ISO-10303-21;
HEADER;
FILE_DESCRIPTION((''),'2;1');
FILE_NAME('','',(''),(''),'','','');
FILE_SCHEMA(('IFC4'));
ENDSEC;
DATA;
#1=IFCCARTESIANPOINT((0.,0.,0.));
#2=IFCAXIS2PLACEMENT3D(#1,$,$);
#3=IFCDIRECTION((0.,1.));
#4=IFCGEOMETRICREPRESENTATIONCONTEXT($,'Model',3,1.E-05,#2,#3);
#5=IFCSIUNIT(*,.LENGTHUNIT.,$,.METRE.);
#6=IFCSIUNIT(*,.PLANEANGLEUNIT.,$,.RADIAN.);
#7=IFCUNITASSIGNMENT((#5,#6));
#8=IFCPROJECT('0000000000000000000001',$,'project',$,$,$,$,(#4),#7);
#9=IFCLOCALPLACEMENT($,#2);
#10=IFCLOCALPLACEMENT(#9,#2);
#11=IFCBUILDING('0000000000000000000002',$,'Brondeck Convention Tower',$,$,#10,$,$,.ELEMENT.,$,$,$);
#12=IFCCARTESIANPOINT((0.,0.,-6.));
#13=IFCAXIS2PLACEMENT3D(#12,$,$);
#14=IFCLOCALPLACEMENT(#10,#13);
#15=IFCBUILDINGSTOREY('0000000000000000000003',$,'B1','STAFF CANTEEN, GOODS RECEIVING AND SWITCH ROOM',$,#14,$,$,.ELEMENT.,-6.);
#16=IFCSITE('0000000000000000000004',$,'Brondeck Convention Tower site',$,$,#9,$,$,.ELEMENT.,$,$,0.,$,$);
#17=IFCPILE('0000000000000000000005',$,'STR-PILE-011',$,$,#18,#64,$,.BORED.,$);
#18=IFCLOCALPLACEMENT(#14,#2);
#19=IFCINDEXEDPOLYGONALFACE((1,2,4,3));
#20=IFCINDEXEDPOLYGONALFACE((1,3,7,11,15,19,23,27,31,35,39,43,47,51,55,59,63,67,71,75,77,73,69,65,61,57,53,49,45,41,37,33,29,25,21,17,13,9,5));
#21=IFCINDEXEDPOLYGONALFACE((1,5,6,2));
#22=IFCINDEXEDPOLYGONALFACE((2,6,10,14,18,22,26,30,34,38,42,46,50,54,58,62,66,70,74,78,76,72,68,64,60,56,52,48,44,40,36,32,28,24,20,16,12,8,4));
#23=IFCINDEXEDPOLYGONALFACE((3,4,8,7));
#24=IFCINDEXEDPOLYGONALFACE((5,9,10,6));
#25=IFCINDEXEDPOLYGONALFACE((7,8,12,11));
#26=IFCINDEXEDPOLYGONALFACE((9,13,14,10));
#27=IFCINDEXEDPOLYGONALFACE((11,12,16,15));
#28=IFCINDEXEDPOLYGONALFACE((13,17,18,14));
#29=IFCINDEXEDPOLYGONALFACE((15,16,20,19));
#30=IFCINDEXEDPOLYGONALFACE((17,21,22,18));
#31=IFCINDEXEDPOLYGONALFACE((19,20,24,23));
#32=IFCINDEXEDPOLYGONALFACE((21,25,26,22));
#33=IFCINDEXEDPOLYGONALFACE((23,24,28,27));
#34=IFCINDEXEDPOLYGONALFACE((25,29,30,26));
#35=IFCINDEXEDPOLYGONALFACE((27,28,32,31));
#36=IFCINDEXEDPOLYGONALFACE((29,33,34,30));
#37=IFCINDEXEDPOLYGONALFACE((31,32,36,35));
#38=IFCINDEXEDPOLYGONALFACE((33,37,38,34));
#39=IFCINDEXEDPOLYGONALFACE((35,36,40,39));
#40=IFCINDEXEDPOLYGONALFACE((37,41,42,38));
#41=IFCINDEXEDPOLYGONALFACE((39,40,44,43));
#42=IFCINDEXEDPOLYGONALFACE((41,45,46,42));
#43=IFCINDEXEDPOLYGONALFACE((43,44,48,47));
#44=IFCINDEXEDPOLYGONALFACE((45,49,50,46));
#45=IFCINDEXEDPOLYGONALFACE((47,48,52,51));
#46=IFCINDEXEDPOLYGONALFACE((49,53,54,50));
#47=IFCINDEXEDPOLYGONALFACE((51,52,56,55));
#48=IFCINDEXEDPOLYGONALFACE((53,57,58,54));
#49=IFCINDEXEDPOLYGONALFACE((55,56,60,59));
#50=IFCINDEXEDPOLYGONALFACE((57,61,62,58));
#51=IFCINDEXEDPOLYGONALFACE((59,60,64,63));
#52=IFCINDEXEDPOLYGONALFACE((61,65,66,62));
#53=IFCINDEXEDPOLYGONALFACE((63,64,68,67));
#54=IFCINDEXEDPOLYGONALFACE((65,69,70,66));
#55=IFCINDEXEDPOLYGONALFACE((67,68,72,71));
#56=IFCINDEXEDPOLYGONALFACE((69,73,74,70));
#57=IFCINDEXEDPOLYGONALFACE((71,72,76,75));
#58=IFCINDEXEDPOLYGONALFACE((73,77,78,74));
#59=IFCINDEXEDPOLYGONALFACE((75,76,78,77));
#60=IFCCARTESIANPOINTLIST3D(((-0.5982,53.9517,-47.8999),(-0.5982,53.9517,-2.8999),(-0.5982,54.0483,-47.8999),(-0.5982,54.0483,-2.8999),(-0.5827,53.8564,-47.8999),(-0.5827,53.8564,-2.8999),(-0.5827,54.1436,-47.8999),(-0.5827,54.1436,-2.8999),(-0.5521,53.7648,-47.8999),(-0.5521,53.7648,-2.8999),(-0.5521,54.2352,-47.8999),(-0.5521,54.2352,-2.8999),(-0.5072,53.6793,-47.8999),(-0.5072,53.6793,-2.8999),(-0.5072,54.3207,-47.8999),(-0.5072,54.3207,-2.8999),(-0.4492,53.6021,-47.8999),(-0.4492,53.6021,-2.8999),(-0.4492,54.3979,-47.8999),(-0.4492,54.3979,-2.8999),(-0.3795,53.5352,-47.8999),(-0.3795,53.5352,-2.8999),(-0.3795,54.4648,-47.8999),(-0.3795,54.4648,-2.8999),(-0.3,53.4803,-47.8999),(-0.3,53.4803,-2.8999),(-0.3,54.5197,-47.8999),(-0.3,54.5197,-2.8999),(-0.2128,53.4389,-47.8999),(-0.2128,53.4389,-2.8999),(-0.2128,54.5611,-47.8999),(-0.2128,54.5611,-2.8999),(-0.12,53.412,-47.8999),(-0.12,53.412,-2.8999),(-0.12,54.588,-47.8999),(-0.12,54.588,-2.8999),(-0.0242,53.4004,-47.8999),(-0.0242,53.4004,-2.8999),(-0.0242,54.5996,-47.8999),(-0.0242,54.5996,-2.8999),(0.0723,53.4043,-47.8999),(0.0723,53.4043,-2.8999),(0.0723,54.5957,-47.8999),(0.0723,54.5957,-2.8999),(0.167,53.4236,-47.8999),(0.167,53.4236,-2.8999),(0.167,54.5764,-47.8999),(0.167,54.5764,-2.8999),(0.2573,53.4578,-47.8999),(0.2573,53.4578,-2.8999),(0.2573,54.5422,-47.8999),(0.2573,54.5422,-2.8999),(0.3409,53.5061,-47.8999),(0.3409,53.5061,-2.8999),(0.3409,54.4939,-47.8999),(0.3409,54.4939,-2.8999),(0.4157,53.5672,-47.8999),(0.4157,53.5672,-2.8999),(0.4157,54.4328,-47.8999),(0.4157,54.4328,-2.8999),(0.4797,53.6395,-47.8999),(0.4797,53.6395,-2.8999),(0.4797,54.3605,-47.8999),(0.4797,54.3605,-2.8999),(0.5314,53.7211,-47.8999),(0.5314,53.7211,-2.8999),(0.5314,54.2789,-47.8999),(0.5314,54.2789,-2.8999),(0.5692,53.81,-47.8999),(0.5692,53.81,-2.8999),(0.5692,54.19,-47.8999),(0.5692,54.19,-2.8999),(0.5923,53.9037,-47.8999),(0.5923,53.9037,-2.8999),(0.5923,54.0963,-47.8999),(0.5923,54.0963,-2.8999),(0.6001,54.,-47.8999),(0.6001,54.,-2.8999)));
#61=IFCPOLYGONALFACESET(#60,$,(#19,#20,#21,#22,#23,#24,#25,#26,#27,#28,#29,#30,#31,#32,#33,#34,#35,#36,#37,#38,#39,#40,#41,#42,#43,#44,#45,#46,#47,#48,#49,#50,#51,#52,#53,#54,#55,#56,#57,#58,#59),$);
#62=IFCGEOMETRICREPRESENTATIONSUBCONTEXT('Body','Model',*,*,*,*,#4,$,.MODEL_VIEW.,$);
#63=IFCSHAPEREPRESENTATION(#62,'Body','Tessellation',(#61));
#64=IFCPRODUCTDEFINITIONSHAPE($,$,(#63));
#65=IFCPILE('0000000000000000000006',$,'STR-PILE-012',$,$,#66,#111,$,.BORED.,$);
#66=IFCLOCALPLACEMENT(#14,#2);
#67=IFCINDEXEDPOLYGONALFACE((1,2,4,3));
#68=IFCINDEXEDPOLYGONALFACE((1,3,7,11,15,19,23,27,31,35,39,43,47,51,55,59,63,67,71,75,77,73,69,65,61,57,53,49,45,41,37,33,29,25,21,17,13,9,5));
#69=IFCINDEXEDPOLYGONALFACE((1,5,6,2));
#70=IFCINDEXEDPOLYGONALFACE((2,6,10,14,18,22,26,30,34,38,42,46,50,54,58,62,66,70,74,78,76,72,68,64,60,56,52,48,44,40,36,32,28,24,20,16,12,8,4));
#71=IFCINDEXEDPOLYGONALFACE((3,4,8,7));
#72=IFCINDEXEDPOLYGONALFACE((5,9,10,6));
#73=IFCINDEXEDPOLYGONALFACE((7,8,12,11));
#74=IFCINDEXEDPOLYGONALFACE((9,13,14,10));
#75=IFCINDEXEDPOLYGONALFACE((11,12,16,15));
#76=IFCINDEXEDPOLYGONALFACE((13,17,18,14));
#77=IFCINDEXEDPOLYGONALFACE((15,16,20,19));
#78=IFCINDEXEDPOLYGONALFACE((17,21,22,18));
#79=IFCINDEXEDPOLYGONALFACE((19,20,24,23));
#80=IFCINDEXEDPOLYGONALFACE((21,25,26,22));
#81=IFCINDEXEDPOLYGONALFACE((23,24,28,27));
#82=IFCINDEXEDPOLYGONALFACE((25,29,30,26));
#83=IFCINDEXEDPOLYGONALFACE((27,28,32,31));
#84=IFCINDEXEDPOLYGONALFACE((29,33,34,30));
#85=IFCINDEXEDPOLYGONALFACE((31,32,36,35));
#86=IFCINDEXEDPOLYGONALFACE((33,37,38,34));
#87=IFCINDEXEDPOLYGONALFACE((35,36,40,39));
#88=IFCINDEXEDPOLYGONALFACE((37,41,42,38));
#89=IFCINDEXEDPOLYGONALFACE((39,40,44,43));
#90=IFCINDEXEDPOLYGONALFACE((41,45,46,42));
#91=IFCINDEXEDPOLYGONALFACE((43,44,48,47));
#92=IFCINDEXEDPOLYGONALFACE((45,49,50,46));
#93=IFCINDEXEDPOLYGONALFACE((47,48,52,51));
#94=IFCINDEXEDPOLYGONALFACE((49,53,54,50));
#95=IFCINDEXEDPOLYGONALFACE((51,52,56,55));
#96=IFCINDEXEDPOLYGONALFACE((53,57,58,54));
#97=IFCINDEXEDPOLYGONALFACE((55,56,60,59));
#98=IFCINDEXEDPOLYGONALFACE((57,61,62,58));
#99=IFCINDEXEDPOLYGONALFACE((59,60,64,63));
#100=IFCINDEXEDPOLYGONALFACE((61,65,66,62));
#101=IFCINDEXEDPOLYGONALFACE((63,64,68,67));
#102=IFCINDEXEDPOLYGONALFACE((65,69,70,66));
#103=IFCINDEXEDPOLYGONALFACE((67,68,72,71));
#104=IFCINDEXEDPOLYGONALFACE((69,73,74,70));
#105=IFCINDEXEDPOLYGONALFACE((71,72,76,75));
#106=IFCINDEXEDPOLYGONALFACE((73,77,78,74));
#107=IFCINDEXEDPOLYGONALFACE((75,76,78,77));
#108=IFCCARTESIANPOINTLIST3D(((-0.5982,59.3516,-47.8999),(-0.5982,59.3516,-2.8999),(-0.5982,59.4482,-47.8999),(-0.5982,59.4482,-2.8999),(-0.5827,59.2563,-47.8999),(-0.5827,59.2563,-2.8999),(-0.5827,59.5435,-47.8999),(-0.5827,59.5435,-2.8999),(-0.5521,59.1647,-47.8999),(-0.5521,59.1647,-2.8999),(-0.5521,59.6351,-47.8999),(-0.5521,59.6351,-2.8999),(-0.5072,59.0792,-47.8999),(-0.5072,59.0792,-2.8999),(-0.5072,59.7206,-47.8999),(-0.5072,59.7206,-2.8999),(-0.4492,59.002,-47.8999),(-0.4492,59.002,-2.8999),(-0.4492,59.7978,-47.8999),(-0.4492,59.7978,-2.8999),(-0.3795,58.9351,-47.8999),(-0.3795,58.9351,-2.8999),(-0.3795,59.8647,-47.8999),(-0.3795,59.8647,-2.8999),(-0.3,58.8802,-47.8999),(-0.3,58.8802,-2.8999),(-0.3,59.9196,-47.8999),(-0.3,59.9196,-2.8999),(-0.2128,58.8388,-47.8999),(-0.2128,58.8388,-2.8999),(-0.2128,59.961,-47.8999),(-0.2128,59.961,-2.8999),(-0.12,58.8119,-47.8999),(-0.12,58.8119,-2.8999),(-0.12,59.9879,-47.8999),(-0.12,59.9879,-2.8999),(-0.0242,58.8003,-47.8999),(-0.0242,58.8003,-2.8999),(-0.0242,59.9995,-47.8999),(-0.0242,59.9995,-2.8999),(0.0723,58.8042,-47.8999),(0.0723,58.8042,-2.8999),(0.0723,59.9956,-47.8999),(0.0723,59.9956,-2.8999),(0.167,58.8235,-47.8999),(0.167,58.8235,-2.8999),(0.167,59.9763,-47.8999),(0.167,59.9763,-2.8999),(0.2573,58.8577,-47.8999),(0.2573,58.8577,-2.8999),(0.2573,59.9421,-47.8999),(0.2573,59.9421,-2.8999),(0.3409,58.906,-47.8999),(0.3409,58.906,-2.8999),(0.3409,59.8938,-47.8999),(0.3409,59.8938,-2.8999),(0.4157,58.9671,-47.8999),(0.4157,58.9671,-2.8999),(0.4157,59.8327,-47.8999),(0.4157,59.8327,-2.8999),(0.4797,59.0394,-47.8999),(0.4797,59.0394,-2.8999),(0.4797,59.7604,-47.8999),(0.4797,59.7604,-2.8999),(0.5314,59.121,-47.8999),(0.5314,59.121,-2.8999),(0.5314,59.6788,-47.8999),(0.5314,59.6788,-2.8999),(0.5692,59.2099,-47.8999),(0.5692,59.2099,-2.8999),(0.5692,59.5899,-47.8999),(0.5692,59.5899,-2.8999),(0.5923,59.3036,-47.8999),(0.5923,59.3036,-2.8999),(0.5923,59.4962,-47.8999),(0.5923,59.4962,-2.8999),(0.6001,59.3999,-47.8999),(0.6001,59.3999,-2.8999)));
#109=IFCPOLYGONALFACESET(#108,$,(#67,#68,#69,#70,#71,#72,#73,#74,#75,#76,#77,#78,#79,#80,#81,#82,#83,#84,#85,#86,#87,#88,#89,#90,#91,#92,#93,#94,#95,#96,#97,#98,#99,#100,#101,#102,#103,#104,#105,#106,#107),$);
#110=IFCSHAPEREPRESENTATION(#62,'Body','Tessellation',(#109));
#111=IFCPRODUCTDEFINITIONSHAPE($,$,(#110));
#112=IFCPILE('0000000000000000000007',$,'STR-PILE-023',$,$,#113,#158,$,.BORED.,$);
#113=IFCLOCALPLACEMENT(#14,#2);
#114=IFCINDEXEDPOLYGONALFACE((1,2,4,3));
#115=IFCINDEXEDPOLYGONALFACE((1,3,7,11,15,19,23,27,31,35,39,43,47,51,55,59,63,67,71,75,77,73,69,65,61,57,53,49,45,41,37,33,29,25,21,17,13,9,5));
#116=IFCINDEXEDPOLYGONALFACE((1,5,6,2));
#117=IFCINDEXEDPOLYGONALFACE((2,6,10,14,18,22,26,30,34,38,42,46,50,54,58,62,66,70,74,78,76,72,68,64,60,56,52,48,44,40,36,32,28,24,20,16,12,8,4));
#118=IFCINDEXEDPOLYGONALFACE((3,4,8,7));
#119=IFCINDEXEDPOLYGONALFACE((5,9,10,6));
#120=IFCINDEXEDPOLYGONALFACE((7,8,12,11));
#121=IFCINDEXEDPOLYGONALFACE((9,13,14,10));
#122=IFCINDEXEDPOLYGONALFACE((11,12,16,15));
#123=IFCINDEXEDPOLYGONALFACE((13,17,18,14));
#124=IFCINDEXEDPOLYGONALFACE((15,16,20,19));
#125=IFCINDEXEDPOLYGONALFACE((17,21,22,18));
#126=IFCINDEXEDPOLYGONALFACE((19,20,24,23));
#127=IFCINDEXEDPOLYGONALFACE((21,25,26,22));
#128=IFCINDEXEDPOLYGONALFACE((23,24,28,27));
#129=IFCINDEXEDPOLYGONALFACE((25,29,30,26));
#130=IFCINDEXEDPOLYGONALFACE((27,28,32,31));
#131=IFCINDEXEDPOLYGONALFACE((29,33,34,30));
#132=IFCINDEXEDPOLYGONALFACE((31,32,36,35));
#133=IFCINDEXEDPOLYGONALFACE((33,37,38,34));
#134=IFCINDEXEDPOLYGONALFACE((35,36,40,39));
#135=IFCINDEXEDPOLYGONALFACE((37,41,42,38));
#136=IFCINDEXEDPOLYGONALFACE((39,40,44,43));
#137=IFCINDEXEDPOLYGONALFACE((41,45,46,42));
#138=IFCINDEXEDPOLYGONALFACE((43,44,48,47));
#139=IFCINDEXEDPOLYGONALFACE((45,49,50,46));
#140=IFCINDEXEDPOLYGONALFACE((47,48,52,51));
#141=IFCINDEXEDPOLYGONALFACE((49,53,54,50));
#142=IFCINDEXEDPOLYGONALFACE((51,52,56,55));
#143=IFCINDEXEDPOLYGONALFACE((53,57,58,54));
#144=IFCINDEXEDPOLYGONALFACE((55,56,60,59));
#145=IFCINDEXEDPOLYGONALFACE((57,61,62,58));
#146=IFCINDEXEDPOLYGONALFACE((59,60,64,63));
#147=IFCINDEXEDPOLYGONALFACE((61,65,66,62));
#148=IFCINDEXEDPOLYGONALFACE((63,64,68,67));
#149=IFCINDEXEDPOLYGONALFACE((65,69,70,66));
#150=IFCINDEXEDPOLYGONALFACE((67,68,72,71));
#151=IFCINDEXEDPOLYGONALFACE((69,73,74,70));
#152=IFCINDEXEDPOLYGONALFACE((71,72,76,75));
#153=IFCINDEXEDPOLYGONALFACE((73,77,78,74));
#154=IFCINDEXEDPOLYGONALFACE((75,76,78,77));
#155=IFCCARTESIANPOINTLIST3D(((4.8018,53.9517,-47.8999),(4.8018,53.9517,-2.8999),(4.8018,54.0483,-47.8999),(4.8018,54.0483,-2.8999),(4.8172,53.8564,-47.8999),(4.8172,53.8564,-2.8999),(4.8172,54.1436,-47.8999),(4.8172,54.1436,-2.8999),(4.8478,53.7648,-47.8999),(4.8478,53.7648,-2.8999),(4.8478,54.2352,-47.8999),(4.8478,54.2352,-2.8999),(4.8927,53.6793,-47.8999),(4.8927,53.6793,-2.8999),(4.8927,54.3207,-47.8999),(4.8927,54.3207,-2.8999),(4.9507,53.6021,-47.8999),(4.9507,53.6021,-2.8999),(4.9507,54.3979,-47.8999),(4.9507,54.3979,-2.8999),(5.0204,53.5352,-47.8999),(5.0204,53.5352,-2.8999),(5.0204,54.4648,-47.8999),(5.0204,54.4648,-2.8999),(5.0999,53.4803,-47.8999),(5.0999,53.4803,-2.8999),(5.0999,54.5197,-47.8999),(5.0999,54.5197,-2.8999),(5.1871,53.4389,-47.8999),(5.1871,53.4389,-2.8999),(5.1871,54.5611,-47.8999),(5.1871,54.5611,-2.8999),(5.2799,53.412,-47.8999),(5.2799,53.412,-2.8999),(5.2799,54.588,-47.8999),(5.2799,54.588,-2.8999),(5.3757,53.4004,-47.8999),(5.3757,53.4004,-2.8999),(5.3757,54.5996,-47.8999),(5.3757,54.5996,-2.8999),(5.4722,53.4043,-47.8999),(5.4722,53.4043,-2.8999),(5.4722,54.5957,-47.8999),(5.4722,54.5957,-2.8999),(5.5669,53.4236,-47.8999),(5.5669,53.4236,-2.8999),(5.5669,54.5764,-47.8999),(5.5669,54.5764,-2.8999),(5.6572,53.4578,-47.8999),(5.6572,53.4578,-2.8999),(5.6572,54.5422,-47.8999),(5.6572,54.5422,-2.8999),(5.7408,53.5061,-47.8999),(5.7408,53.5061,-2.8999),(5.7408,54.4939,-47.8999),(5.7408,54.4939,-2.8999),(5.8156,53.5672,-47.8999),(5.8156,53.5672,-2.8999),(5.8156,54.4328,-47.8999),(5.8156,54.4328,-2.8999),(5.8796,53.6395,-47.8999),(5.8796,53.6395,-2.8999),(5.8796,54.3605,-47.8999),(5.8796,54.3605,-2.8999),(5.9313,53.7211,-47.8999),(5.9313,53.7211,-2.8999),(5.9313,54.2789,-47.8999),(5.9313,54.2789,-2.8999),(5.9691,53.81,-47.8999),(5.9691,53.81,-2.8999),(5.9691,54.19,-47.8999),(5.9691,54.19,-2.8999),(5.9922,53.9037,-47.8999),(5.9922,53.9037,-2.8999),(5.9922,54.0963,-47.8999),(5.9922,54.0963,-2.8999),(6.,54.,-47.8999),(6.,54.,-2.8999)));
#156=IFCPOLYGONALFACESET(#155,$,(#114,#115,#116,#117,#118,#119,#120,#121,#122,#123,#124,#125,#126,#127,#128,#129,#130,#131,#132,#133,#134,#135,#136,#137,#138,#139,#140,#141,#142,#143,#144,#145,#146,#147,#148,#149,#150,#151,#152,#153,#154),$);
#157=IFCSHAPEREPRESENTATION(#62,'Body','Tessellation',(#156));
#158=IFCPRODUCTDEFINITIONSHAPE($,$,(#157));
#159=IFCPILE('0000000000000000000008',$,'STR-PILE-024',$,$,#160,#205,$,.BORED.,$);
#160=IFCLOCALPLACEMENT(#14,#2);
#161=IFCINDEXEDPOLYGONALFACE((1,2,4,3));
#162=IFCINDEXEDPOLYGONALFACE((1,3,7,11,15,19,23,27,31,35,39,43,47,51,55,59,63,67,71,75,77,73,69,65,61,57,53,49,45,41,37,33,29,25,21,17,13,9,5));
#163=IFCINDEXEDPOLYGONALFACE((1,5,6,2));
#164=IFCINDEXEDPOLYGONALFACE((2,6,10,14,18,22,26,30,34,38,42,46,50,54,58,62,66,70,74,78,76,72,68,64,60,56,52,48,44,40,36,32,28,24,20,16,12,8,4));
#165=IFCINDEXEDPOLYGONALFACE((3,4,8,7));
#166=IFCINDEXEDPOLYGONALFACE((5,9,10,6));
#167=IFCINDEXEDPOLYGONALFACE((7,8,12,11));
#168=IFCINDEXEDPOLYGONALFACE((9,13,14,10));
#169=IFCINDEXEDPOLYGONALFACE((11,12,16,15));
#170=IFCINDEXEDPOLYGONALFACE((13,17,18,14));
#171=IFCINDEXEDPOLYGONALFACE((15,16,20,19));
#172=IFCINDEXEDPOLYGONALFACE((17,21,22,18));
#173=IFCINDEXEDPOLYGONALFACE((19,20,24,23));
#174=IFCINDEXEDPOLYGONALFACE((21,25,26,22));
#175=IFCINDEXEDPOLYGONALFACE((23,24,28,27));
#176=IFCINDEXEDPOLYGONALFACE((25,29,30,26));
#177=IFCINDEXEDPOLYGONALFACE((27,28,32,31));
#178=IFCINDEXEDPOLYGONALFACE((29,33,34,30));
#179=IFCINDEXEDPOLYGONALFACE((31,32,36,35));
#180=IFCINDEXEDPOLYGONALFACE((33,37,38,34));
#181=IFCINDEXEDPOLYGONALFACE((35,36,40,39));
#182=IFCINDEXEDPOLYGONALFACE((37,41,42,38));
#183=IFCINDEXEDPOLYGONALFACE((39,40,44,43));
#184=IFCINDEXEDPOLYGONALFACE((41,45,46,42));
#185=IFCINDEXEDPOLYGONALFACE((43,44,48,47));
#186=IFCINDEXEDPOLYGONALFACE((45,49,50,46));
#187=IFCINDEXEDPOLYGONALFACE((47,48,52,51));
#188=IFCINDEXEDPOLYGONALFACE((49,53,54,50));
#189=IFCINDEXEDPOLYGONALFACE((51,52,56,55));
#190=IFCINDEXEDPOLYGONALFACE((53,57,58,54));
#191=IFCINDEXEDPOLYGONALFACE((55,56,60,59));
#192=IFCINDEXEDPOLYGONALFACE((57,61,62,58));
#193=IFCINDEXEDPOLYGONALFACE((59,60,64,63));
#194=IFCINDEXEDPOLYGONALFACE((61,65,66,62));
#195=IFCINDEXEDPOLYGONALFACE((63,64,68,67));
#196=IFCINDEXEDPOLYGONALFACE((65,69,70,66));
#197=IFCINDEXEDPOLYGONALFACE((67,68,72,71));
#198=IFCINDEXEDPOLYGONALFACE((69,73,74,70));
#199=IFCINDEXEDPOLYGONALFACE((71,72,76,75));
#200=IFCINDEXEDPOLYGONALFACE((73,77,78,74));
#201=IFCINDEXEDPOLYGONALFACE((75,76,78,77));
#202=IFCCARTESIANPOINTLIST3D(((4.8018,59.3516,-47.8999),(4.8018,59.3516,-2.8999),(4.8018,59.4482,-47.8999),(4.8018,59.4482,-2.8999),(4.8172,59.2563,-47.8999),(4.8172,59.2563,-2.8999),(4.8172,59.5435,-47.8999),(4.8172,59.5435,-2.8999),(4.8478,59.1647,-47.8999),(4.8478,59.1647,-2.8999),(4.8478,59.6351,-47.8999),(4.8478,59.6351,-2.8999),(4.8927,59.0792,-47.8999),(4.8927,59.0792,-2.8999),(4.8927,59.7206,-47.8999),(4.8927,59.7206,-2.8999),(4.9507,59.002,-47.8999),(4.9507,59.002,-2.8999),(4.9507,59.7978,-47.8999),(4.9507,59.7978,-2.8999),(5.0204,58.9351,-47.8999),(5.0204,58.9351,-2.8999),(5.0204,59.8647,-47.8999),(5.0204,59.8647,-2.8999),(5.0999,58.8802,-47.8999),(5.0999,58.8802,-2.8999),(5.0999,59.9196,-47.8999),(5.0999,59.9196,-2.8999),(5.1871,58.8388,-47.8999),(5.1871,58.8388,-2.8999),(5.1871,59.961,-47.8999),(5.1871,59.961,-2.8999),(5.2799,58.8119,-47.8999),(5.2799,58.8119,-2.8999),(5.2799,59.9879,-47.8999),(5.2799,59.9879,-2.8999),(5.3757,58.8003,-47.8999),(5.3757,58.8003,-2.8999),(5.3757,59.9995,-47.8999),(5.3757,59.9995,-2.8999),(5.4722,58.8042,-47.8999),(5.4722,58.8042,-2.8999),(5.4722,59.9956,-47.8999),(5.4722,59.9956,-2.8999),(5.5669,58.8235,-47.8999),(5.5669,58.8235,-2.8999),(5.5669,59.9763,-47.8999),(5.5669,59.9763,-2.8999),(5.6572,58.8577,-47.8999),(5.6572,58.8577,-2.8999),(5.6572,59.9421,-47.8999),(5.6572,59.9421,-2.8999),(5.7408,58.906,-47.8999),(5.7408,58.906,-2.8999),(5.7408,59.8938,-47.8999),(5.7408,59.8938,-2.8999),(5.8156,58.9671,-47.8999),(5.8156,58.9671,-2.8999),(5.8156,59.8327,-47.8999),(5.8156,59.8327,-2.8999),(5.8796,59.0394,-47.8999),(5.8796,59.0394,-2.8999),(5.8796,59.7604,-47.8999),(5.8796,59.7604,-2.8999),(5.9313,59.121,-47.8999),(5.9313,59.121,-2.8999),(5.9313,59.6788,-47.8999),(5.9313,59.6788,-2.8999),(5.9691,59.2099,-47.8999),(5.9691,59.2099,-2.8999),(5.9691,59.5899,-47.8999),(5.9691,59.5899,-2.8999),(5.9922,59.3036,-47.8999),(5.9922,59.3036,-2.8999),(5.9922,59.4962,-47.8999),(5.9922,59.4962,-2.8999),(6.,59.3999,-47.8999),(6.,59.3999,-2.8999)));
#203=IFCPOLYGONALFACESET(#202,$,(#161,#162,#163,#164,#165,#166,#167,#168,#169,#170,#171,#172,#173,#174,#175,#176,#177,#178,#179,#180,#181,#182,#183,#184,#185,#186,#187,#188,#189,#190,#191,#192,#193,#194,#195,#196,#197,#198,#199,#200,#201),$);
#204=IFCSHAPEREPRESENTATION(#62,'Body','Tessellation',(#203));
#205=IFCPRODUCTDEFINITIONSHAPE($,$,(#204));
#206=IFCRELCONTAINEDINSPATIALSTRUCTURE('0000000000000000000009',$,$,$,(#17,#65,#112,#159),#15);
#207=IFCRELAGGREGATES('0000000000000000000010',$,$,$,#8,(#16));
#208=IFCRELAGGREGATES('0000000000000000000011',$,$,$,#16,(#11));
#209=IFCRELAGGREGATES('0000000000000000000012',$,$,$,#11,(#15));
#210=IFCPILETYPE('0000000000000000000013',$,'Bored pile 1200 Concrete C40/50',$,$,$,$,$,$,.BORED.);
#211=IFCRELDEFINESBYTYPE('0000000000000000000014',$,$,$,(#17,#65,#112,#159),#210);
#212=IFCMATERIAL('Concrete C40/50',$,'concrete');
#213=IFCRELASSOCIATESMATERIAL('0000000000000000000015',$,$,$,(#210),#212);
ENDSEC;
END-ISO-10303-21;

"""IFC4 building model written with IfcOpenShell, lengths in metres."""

from ifc_helpers import new_model, si_unit, direction, frame, origin, origin_2d, place, context, subcontext, project, spatial, circle, extrude, material, material_profile, profile_set, type_object, element, save


model = new_model("IFC4")

# Units and contexts
model_context = context("Model", 3, precision=1e-05, world=origin(), true_north=direction((0.0, 1.0)))
body_context = subcontext(model_context, "Body", "Model", "MODEL_VIEW")
ifc_project = project(units=[si_unit("LENGTHUNIT", "METRE"), si_unit("PLANEANGLEUNIT", "RADIAN")], contexts=[model_context])

# Site, building, storey
site_placement = place(None, origin())
site = spatial("IfcSite", under=ifc_project, at=site_placement, Name="Brondeck Convention Tower site", CompositionType="ELEMENT", RefElevation=0.0)
building_placement = place(site_placement, origin())
building = spatial("IfcBuilding", under=site, at=building_placement, Name="Brondeck Convention Tower", CompositionType="ELEMENT")
storey_placement = place(building_placement, frame((0.0, 0.0, -6.0)))
storey = spatial("IfcBuildingStorey", under=building, at=storey_placement, Name="B1", Description="STAFF CANTEEN, GOODS RECEIVING AND SWITCH ROOM", CompositionType="ELEMENT", Elevation=-6.0)

# Piles
ifc_material_1 = material(Name="Concrete C40/50", Category="concrete")
ifc_material_profile_1 = material_profile(ifc_material_1, circle(Radius=0.6001, at=origin_2d()), Name="Bored pile 1200 Concrete C40/50")
ifc_profile_set_1 = profile_set([ifc_material_profile_1], Name="Concrete C40/50")
pile_type = type_object("IfcPileType", Name="Bored pile 1200 Concrete C40/50", PredefinedType="BORED", material=ifc_profile_set_1)
for number, where, z_axis, x_axis, name in (
    (1, (0.0, 54.0, -2.8999), (0.0, 0.0, -1.0), (1.0, 0.0, 0.0), "STR-PILE-011"),
    (2, (0.0, 59.3999, -2.8999), (0.0, 0.0, -1.0), (1.0, 0.0, 0.0), "STR-PILE-012"),
    (3, (5.3999, 54.0, -2.8999), (0.0, 0.0, -1.0), (1.0, 0.0, 0.0), "STR-PILE-023"),
    (4, (5.3999, 59.3999, -2.8999), (0.0, 0.0, -1.0), (1.0, 0.0, 0.0), "STR-PILE-024"),
):
    element("IfcPile", number, at=place(storey_placement, frame(where, z_axis=z_axis, x_axis=x_axis)), inside=storey, type_object=pile_type, Name=name, PredefinedType="BORED", context=body_context, shape_type="SweptSolid", body=[
        extrude(circle(Radius=0.6001, at=origin_2d()), origin(), (0.0, 0.0, 1.0), 45.0),
    ])

save(model, "model.ifc")
